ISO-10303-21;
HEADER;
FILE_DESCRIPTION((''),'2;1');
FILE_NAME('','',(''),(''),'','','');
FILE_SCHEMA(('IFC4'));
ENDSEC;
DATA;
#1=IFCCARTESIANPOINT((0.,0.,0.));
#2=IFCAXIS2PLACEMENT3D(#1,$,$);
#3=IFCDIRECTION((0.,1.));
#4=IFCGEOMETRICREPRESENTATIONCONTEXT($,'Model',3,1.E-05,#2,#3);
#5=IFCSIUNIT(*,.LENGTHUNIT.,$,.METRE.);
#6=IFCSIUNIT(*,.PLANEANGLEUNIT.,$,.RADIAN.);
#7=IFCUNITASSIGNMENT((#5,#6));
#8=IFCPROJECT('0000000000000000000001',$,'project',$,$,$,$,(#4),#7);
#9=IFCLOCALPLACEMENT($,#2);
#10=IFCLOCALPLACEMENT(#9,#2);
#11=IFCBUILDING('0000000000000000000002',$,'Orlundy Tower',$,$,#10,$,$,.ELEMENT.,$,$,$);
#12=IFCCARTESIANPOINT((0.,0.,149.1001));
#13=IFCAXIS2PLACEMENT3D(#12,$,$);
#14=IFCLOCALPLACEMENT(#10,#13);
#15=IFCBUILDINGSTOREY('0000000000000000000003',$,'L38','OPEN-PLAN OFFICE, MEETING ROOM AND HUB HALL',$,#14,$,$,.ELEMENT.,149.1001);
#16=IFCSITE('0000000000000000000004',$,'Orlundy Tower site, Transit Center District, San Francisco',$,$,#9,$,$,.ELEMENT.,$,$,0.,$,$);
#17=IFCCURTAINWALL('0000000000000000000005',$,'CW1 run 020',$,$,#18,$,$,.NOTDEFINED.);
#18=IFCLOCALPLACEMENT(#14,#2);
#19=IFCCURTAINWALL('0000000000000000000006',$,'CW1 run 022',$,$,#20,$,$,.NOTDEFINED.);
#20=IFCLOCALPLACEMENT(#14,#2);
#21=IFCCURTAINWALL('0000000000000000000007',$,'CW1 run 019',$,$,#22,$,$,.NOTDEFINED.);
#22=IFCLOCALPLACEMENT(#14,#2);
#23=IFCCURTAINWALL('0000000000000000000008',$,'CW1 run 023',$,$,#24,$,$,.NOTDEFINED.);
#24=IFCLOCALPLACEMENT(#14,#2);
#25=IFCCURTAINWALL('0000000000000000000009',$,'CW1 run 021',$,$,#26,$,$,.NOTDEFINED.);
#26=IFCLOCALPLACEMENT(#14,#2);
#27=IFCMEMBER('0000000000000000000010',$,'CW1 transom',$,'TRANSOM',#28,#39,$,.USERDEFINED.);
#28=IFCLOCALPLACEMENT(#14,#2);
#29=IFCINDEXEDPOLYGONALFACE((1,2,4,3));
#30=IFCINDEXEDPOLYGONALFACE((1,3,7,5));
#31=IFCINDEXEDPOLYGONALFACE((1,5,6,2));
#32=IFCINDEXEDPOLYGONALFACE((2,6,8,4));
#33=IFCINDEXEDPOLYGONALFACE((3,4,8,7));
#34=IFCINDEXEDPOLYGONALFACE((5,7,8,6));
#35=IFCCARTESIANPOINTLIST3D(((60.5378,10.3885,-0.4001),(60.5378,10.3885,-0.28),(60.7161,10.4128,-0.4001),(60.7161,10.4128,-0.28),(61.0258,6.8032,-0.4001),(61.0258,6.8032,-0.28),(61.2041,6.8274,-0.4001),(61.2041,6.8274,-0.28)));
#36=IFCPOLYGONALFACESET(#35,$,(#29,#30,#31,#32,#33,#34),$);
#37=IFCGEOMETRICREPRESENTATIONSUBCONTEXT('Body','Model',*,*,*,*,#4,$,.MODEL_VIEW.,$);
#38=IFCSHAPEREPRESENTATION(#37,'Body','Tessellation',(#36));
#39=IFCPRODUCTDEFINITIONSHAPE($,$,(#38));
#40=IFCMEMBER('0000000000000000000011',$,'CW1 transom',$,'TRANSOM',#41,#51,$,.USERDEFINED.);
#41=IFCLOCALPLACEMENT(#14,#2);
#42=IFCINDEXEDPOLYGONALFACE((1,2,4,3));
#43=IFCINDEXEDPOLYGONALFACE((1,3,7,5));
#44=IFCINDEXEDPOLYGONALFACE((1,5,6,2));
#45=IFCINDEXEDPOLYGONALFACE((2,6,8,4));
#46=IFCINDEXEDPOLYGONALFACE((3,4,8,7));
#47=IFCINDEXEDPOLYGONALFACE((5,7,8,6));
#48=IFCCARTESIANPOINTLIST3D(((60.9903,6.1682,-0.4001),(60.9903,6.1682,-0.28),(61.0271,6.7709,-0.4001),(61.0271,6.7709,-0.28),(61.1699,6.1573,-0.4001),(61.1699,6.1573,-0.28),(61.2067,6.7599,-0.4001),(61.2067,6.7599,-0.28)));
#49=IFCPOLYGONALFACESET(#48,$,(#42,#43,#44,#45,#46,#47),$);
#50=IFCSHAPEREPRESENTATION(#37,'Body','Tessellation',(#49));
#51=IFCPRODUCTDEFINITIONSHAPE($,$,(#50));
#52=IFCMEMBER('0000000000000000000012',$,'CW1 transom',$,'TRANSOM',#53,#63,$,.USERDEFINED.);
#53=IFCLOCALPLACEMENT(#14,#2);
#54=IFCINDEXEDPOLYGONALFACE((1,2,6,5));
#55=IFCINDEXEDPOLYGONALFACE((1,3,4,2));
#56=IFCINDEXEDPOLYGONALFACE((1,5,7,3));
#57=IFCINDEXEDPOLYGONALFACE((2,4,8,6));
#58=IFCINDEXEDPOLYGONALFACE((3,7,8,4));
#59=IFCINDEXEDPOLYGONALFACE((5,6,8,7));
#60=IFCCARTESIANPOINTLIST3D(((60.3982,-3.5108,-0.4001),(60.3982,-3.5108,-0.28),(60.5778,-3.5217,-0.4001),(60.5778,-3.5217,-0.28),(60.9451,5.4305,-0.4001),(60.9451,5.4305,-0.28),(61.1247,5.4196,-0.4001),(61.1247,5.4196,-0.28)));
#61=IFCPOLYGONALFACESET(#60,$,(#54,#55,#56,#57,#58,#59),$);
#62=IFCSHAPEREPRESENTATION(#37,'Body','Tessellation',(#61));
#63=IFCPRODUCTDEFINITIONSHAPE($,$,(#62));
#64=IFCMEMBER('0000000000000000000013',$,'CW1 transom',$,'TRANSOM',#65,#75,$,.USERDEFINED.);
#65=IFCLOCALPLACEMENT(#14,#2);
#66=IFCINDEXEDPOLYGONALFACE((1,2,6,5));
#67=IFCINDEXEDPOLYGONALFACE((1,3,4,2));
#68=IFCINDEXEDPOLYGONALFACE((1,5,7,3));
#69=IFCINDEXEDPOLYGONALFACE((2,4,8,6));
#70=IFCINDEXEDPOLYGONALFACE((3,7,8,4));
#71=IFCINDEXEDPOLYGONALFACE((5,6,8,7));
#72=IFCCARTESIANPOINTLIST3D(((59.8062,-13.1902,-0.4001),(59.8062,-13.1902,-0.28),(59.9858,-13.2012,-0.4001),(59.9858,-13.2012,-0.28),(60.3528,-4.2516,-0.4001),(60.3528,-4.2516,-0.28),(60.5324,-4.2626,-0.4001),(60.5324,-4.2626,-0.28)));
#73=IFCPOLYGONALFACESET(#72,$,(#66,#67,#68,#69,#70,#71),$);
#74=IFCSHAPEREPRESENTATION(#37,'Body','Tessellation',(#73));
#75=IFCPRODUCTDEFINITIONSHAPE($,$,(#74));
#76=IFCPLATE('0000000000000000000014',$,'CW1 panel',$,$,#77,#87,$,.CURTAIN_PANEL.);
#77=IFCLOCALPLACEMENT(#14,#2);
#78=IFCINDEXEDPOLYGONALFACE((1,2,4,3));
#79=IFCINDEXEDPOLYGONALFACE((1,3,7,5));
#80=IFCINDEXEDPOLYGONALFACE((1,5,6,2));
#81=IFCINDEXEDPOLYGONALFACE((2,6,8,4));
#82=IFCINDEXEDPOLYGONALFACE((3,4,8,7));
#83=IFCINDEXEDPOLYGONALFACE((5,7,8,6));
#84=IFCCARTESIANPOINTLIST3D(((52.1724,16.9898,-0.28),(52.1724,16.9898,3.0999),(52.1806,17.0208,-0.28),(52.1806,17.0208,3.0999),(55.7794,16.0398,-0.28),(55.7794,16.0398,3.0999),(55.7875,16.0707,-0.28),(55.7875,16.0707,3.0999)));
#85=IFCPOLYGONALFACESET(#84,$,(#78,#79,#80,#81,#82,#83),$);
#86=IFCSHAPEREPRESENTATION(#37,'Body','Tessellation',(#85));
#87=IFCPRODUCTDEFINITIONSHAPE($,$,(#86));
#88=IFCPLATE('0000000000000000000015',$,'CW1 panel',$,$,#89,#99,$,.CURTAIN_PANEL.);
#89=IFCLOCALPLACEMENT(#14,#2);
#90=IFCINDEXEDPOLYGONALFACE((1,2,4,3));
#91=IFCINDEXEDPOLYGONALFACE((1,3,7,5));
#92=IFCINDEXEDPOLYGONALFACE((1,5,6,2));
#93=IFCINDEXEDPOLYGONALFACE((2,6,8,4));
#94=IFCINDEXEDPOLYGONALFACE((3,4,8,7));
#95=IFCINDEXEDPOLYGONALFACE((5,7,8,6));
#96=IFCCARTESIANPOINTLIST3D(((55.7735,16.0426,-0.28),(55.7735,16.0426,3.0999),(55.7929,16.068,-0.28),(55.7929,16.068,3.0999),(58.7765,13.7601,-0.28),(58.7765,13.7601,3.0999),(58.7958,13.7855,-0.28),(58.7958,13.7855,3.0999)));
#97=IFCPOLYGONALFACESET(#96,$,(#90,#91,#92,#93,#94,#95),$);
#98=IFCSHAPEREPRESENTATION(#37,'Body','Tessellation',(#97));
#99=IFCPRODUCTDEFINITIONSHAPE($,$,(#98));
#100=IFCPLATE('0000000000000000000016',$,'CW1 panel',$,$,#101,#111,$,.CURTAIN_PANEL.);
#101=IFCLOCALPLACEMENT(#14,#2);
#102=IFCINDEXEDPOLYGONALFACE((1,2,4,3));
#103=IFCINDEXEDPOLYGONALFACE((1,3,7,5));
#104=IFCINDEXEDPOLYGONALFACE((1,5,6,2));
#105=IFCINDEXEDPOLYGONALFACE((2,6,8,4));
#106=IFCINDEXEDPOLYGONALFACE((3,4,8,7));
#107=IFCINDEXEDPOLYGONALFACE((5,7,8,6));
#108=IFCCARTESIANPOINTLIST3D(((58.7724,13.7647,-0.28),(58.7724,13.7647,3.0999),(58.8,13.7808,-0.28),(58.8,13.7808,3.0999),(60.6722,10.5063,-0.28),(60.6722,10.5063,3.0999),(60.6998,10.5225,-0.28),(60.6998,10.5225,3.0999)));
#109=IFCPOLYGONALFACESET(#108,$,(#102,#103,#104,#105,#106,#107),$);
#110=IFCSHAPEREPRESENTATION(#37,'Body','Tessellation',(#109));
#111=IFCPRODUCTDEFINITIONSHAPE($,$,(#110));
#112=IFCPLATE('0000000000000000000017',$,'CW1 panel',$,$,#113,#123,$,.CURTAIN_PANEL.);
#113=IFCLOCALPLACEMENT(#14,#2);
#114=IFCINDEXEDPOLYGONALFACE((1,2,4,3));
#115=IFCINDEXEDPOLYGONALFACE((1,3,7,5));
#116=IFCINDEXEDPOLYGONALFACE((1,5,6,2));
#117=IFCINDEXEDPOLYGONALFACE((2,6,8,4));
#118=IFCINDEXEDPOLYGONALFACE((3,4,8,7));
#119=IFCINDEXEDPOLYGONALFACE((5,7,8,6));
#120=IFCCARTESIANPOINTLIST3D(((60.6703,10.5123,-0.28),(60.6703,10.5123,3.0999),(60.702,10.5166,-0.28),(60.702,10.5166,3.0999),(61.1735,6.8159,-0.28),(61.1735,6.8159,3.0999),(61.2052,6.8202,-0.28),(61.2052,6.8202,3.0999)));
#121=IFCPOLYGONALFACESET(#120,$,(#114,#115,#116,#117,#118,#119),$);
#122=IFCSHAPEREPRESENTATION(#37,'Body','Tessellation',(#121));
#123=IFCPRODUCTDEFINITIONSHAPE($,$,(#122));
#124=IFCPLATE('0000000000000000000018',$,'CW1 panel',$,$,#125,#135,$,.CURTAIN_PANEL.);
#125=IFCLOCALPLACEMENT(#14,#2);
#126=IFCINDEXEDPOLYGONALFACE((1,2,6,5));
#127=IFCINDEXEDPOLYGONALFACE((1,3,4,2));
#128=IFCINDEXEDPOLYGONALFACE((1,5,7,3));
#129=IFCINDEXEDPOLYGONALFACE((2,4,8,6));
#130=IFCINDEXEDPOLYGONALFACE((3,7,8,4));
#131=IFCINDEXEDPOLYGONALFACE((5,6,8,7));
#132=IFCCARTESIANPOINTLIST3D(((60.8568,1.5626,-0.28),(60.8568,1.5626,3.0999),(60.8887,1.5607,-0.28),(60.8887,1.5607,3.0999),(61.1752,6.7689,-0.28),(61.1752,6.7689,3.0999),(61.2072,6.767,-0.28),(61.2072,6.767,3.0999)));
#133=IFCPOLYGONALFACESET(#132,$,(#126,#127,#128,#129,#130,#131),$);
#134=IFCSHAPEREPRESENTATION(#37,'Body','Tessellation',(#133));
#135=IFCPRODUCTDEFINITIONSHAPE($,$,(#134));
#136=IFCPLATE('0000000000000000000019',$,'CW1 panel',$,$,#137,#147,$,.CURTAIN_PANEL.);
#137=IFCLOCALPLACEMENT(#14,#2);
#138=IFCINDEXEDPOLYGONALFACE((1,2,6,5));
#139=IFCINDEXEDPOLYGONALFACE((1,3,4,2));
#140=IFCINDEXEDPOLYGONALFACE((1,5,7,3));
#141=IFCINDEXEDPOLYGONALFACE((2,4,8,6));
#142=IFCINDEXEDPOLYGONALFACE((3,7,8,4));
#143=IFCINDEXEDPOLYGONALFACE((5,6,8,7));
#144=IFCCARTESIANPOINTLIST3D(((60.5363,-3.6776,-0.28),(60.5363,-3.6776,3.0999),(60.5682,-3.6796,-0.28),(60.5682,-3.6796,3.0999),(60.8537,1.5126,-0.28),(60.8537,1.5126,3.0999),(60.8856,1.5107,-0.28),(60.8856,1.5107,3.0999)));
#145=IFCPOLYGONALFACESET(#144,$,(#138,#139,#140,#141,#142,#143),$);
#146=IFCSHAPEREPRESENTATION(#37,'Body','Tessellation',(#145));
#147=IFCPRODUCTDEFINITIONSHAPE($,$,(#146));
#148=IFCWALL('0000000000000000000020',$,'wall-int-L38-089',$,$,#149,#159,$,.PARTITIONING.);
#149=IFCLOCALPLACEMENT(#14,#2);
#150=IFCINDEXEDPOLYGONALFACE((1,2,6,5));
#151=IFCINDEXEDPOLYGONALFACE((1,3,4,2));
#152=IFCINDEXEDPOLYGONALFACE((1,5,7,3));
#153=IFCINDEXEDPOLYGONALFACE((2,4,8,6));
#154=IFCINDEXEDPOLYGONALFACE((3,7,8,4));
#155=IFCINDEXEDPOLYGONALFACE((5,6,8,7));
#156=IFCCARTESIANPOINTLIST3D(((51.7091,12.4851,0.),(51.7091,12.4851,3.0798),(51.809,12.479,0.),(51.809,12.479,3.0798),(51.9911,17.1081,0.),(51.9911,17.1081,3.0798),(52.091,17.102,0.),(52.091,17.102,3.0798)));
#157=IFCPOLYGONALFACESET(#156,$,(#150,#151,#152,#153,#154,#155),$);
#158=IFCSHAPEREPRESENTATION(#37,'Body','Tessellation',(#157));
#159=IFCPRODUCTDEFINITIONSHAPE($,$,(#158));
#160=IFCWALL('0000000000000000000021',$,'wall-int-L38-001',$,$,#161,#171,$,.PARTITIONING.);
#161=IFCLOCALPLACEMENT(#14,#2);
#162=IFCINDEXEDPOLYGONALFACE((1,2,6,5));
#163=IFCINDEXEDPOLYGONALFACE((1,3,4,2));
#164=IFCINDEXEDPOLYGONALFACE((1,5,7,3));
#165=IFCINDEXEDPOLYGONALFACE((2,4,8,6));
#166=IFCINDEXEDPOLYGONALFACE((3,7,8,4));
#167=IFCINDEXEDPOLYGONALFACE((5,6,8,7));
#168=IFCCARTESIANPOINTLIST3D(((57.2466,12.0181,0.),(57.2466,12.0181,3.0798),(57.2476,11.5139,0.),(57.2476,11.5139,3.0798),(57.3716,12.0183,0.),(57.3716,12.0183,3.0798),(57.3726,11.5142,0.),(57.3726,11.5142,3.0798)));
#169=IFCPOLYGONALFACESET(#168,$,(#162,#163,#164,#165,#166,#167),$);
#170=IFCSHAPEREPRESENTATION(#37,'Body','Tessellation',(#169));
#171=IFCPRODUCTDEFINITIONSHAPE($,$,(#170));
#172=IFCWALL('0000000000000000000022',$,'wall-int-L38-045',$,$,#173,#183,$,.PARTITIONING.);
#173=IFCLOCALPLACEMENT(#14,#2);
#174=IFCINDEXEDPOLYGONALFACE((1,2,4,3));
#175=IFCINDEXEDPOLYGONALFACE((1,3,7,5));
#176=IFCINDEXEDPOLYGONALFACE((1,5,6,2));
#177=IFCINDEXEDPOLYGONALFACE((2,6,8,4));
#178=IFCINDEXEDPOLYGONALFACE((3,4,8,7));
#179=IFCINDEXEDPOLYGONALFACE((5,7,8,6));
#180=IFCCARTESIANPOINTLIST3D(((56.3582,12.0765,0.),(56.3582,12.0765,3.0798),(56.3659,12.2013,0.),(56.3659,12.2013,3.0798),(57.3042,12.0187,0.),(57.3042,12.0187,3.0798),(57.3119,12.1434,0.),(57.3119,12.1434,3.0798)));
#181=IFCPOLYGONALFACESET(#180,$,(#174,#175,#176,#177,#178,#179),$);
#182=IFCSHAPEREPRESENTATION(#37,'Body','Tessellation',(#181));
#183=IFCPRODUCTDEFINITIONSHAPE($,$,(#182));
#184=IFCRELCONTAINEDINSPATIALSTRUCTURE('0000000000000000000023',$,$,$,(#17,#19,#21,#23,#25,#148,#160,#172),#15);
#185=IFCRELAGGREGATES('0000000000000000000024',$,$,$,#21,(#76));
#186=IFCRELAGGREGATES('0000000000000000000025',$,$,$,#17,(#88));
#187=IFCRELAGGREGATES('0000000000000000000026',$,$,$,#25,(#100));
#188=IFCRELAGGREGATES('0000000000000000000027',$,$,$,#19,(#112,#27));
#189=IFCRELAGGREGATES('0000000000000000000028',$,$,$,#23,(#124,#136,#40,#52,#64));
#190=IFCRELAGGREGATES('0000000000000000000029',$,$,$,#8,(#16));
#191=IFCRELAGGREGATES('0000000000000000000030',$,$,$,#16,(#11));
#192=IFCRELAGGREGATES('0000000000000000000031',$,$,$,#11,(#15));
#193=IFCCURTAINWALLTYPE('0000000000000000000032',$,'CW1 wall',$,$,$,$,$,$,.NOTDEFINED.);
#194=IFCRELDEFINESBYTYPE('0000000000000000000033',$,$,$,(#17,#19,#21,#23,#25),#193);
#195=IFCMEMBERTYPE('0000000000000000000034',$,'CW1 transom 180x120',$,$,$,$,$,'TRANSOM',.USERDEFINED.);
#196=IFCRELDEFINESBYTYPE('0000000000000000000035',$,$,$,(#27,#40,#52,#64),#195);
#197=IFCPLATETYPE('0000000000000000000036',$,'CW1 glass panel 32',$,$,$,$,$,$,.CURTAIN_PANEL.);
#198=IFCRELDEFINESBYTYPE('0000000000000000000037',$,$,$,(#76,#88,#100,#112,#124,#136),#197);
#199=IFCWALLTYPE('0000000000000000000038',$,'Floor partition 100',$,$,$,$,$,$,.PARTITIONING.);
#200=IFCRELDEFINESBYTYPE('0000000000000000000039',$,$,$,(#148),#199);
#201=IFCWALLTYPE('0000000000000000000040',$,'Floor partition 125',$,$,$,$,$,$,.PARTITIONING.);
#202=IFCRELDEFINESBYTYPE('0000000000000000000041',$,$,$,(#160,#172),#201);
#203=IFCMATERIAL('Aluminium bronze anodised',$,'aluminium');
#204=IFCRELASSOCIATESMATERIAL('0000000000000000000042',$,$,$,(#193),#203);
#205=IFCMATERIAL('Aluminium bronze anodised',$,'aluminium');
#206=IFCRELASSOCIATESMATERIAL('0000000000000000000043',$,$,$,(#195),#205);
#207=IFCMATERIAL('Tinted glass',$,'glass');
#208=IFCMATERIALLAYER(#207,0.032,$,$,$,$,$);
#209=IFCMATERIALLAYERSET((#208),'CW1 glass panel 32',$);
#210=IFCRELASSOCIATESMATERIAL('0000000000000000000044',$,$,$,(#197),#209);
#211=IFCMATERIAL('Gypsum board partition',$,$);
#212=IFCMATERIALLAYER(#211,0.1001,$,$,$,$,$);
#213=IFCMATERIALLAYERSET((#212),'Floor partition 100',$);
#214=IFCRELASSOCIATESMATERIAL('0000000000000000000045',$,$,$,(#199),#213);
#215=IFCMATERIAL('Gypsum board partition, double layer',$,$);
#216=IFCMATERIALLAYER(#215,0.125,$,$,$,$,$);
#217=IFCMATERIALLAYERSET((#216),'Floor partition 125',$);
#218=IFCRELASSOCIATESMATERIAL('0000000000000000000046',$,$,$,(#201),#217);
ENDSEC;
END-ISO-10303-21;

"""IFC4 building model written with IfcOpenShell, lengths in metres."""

from ifc_helpers import new_model, si_unit, direction, frame, frame_2d, origin, origin_2d, place, context, subcontext, project, spatial, rectangle, extrude, material, layer, layer_set, material_profile, profile_set, type_object, element, aggregate, save


model = new_model("IFC4")

# Units and contexts
model_context = context("Model", 3, precision=1e-05, world=origin(), true_north=direction((0.0, 1.0)))
body_context = subcontext(model_context, "Body", "Model", "MODEL_VIEW")
ifc_project = project(units=[si_unit("LENGTHUNIT", "METRE"), si_unit("PLANEANGLEUNIT", "RADIAN")], contexts=[model_context])

# Site, building, storey
site_placement = place(None, origin())
site = spatial("IfcSite", under=ifc_project, at=site_placement, Name="Orlundy Tower site, Transit Center District, San Francisco", CompositionType="ELEMENT", RefElevation=0.0)
building_placement = place(site_placement, origin())
building = spatial("IfcBuilding", under=site, at=building_placement, Name="Orlundy Tower", CompositionType="ELEMENT")
storey_placement = place(building_placement, frame((0.0, 0.0, 149.1001)))
storey = spatial("IfcBuildingStorey", under=building, at=storey_placement, Name="L38", Description="OPEN-PLAN OFFICE, MEETING ROOM AND HUB HALL", CompositionType="ELEMENT", Elevation=149.1001)

# Curtain walls
ifc_material_1 = material(Name="Aluminium bronze anodised", Category="aluminium")
curtain_wall_type = type_object("IfcCurtainWallType", Name="CW1 wall", PredefinedType="NOTDEFINED", material=ifc_material_1)
curtain_wall_1_placement = place(storey_placement, origin())
curtain_wall_1 = element("IfcCurtainWall", 1, at=curtain_wall_1_placement, inside=storey, type_object=curtain_wall_type, Name="CW1 run 020", PredefinedType="NOTDEFINED")
curtain_wall_2_placement = place(storey_placement, origin())
curtain_wall_2 = element("IfcCurtainWall", 2, at=curtain_wall_2_placement, inside=storey, type_object=curtain_wall_type, Name="CW1 run 022", PredefinedType="NOTDEFINED")
curtain_wall_3_placement = place(storey_placement, origin())
curtain_wall_3 = element("IfcCurtainWall", 3, at=curtain_wall_3_placement, inside=storey, type_object=curtain_wall_type, Name="CW1 run 019", PredefinedType="NOTDEFINED")

# Curtain wall
curtain_wall_4_placement = place(storey_placement, origin())
curtain_wall_4 = element("IfcCurtainWall", 4, at=curtain_wall_4_placement, inside=storey, type_object=curtain_wall_type, Name="CW1 run 023", PredefinedType="NOTDEFINED")

# Shared definitions
ifc_material_2 = material(Name="Aluminium bronze anodised", Category="aluminium")
ifc_material_profile_1 = material_profile(ifc_material_2, rectangle(XDim=0.1799, YDim=0.1201, at=origin_2d()), Name="CW1 transom 180x120")
ifc_profile_set_1 = profile_set([ifc_material_profile_1], Name="Aluminium bronze anodised")
member_type_1 = type_object("IfcMemberType", Name="CW1 transom 180x120", ElementType="TRANSOM", PredefinedType="USERDEFINED", material=ifc_profile_set_1)

# Curtain wall
curtain_wall_5_placement = place(storey_placement, origin())
curtain_wall_5 = element("IfcCurtainWall", 5, at=curtain_wall_5_placement, inside=storey, type_object=curtain_wall_type, Name="CW1 run 021", PredefinedType="NOTDEFINED")

# Members
member_1_placement = place(storey_placement, frame((60.627, 10.4006, -0.3401), z_axis=(0.134872, -0.990863, 0.0), x_axis=(0.990863, 0.134872, 0.0)))
member_1 = element("IfcMember", 6, at=member_1_placement, type_object=member_type_1, Name="CW1 transom", ObjectType="TRANSOM", PredefinedType="USERDEFINED", context=body_context, shape_type="SweptSolid", body=[
    extrude(rectangle(XDim=0.1799, YDim=0.1201, at=origin_2d()), origin(), (0.0, 0.0, 1.0), 3.6184),
])
member_2_placement = place(storey_placement, frame((61.1169, 6.7654, -0.3401), z_axis=(-0.061069, -0.998134, 0.0), x_axis=(0.998134, -0.061069, 0.0)))
member_2 = element("IfcMember", 7, at=member_2_placement, type_object=member_type_1, Name="CW1 transom", ObjectType="TRANSOM", PredefinedType="USERDEFINED", context=body_context, shape_type="SweptSolid", body=[
    extrude(rectangle(XDim=0.1799, YDim=0.1201, at=origin_2d()), origin(), (0.0, 0.0, 1.0), 0.6038),
])
member_3_placement = place(storey_placement, frame((61.0349, 5.425, -0.3401), z_axis=(-0.061048, -0.998135, 0.0), x_axis=(0.998135, -0.061048, 0.0)))
member_3 = element("IfcMember", 8, at=member_3_placement, type_object=member_type_1, Name="CW1 transom", ObjectType="TRANSOM", PredefinedType="USERDEFINED", context=body_context, shape_type="SweptSolid", body=[
    extrude(rectangle(XDim=0.1799, YDim=0.1201, at=origin_2d()), origin(), (0.0, 0.0, 1.0), 8.958),
])
member_4_placement = place(storey_placement, frame((60.4426, -4.2571, -0.3401), z_axis=(-0.061039, -0.998135, 0.0), x_axis=(0.998135, -0.061039, 0.0)))
member_4 = element("IfcMember", 9, at=member_4_placement, type_object=member_type_1, Name="CW1 transom", ObjectType="TRANSOM", PredefinedType="USERDEFINED", context=body_context, shape_type="SweptSolid", body=[
    extrude(rectangle(XDim=0.1799, YDim=0.1201, at=origin_2d()), origin(), (0.0, 0.0, 1.0), 8.9553),
])

# Plates
ifc_material_3 = material(Name="Tinted glass", Category="glass")
ifc_layer_1 = layer(ifc_material_3, 0.032)
ifc_layer_set_1 = layer_set([ifc_layer_1], Name="CW1 glass panel 32")
plate_type = type_object("IfcPlateType", Name="CW1 glass panel 32", PredefinedType="CURTAIN_PANEL", material=ifc_layer_set_1)
plate_1_placement = place(storey_placement, frame((53.98, 16.5303, -0.28), z_axis=(0.0, 0.0, 1.0), x_axis=(0.967019, -0.254706, 0.0)))
plate_1 = element("IfcPlate", 10, at=plate_1_placement, type_object=plate_type, Name="CW1 panel", PredefinedType="CURTAIN_PANEL", context=body_context, shape_type="SweptSolid", body=[
    extrude(rectangle(XDim=3.73, YDim=0.032, at=origin_2d()), origin(), (0.0, 0.0, 1.0), 3.3799),
])
aggregate(curtain_wall_3, [plate_1])
plate_2_placement = place(storey_placement, frame((57.2847, 14.9141, -0.28), z_axis=(0.0, 0.0, 1.0), x_axis=(0.796131, -0.605124, 0.0)))
plate_2 = element("IfcPlate", 11, at=plate_2_placement, type_object=plate_type, Name="CW1 panel", PredefinedType="CURTAIN_PANEL", context=body_context, shape_type="SweptSolid", body=[
    extrude(rectangle(XDim=3.772, YDim=0.032, at=origin_2d()), origin(), (0.0, 0.0, 1.0), 3.3799),
])
aggregate(curtain_wall_1, [plate_2])
plate_3_placement = place(storey_placement, frame((59.7361, 12.1436, -0.28), z_axis=(0.0, 0.0, 1.0), x_axis=(0.503703, -0.863877, 0.0)))
plate_3 = element("IfcPlate", 12, at=plate_3_placement, type_object=plate_type, Name="CW1 panel", PredefinedType="CURTAIN_PANEL", context=body_context, shape_type="SweptSolid", body=[
    extrude(rectangle(XDim=3.7717, YDim=0.032, at=origin_2d()), origin(), (0.0, 0.0, 1.0), 3.3799),
])
aggregate(curtain_wall_5, [plate_3])
plate_4_placement = place(storey_placement, frame((60.9377, 8.6663, -0.28), z_axis=(0.0, 0.0, 1.0), x_axis=(0.134884, -0.990861, 0.0)))
plate_4 = element("IfcPlate", 13, at=plate_4_placement, type_object=plate_type, Name="CW1 panel", PredefinedType="CURTAIN_PANEL", context=body_context, shape_type="SweptSolid", body=[
    extrude(rectangle(XDim=3.7305, YDim=0.032, at=origin_2d()), origin(), (0.0, 0.0, 1.0), 3.3799),
])
aggregate(curtain_wall_2, [plate_4, member_1])
plate_5_placement = place(storey_placement, frame((61.032, 4.1648, -0.28), z_axis=(0.0, 0.0, 1.0), x_axis=(-0.061047, -0.998135, 0.0)))
plate_5 = element("IfcPlate", 14, at=plate_5_placement, type_object=plate_type, Name="CW1 panel", PredefinedType="CURTAIN_PANEL", context=body_context, shape_type="SweptSolid", body=[
    extrude(rectangle(XDim=5.2161, YDim=0.032, at=origin_2d()), origin(), (0.0, 0.0, 1.0), 3.3799),
])
plate_6_placement = place(storey_placement, frame((60.7109, -1.0835, -0.28), z_axis=(0.0, 0.0, 1.0), x_axis=(-0.061047, -0.998135, 0.0)))
plate_6 = element("IfcPlate", 15, at=plate_6_placement, type_object=plate_type, Name="CW1 panel", PredefinedType="CURTAIN_PANEL", context=body_context, shape_type="SweptSolid", body=[
    extrude(rectangle(XDim=5.2, YDim=0.032, at=origin_2d()), origin(), (0.0, 0.0, 1.0), 3.3799),
])
aggregate(curtain_wall_4, [plate_5, plate_6, member_2, member_3, member_4])

# Walls
ifc_material_4 = material(Name="Gypsum board partition")
ifc_layer_2 = layer(ifc_material_4, 0.1001)
ifc_layer_set_2 = layer_set([ifc_layer_2], Name="Floor partition 100")
wall_type_1 = type_object("IfcWallType", Name="Floor partition 100", PredefinedType="PARTITIONING", material=ifc_layer_set_2)
wall_1_placement = place(storey_placement, frame((51.759, 12.4819, 0.0), z_axis=(0.0, 0.0, 1.0), x_axis=(0.060882, 0.998145, 0.0)))
element("IfcWall", 16, at=wall_1_placement, inside=storey, type_object=wall_type_1, Name="wall-int-L38-089", PredefinedType="PARTITIONING", context=body_context, shape_type="SweptSolid", body=[
    extrude(rectangle(XDim=4.6316, YDim=0.1001, at=frame_2d((2.3159, 0.0))), origin(), (0.0, 0.0, 1.0), 3.0798),
])
ifc_material_5 = material(Name="Gypsum board partition, double layer")
ifc_layer_3 = layer(ifc_material_5, 0.125)
ifc_layer_set_3 = layer_set([ifc_layer_3], Name="Floor partition 125")
wall_type_2 = type_object("IfcWallType", Name="Floor partition 125", PredefinedType="PARTITIONING", material=ifc_layer_set_3)
wall_2_placement = place(storey_placement, frame((57.3091, 12.0181, 0.0), z_axis=(0.0, 0.0, 1.0), x_axis=(0.001937, -0.999998, 0.0)))
element("IfcWall", 17, at=wall_2_placement, inside=storey, type_object=wall_type_2, Name="wall-int-L38-001", PredefinedType="PARTITIONING", context=body_context, shape_type="SweptSolid", body=[
    extrude(rectangle(XDim=0.5042, YDim=0.125, at=frame_2d((0.252, 0.0))), origin(), (0.0, 0.0, 1.0), 3.0798),
])
wall_3_placement = place(storey_placement, frame((56.3621, 12.1389, 0.0), z_axis=(0.0, 0.0, 1.0), x_axis=(0.998135, -0.061047, 0.0)))
element("IfcWall", 18, at=wall_3_placement, inside=storey, type_object=wall_type_2, Name="wall-int-L38-045", PredefinedType="PARTITIONING", context=body_context, shape_type="SweptSolid", body=[
    extrude(rectangle(XDim=0.9478, YDim=0.125, at=frame_2d((0.4739, 0.0))), origin(), (0.0, 0.0, 1.0), 3.0798),
])

save(model, "model.ifc")
